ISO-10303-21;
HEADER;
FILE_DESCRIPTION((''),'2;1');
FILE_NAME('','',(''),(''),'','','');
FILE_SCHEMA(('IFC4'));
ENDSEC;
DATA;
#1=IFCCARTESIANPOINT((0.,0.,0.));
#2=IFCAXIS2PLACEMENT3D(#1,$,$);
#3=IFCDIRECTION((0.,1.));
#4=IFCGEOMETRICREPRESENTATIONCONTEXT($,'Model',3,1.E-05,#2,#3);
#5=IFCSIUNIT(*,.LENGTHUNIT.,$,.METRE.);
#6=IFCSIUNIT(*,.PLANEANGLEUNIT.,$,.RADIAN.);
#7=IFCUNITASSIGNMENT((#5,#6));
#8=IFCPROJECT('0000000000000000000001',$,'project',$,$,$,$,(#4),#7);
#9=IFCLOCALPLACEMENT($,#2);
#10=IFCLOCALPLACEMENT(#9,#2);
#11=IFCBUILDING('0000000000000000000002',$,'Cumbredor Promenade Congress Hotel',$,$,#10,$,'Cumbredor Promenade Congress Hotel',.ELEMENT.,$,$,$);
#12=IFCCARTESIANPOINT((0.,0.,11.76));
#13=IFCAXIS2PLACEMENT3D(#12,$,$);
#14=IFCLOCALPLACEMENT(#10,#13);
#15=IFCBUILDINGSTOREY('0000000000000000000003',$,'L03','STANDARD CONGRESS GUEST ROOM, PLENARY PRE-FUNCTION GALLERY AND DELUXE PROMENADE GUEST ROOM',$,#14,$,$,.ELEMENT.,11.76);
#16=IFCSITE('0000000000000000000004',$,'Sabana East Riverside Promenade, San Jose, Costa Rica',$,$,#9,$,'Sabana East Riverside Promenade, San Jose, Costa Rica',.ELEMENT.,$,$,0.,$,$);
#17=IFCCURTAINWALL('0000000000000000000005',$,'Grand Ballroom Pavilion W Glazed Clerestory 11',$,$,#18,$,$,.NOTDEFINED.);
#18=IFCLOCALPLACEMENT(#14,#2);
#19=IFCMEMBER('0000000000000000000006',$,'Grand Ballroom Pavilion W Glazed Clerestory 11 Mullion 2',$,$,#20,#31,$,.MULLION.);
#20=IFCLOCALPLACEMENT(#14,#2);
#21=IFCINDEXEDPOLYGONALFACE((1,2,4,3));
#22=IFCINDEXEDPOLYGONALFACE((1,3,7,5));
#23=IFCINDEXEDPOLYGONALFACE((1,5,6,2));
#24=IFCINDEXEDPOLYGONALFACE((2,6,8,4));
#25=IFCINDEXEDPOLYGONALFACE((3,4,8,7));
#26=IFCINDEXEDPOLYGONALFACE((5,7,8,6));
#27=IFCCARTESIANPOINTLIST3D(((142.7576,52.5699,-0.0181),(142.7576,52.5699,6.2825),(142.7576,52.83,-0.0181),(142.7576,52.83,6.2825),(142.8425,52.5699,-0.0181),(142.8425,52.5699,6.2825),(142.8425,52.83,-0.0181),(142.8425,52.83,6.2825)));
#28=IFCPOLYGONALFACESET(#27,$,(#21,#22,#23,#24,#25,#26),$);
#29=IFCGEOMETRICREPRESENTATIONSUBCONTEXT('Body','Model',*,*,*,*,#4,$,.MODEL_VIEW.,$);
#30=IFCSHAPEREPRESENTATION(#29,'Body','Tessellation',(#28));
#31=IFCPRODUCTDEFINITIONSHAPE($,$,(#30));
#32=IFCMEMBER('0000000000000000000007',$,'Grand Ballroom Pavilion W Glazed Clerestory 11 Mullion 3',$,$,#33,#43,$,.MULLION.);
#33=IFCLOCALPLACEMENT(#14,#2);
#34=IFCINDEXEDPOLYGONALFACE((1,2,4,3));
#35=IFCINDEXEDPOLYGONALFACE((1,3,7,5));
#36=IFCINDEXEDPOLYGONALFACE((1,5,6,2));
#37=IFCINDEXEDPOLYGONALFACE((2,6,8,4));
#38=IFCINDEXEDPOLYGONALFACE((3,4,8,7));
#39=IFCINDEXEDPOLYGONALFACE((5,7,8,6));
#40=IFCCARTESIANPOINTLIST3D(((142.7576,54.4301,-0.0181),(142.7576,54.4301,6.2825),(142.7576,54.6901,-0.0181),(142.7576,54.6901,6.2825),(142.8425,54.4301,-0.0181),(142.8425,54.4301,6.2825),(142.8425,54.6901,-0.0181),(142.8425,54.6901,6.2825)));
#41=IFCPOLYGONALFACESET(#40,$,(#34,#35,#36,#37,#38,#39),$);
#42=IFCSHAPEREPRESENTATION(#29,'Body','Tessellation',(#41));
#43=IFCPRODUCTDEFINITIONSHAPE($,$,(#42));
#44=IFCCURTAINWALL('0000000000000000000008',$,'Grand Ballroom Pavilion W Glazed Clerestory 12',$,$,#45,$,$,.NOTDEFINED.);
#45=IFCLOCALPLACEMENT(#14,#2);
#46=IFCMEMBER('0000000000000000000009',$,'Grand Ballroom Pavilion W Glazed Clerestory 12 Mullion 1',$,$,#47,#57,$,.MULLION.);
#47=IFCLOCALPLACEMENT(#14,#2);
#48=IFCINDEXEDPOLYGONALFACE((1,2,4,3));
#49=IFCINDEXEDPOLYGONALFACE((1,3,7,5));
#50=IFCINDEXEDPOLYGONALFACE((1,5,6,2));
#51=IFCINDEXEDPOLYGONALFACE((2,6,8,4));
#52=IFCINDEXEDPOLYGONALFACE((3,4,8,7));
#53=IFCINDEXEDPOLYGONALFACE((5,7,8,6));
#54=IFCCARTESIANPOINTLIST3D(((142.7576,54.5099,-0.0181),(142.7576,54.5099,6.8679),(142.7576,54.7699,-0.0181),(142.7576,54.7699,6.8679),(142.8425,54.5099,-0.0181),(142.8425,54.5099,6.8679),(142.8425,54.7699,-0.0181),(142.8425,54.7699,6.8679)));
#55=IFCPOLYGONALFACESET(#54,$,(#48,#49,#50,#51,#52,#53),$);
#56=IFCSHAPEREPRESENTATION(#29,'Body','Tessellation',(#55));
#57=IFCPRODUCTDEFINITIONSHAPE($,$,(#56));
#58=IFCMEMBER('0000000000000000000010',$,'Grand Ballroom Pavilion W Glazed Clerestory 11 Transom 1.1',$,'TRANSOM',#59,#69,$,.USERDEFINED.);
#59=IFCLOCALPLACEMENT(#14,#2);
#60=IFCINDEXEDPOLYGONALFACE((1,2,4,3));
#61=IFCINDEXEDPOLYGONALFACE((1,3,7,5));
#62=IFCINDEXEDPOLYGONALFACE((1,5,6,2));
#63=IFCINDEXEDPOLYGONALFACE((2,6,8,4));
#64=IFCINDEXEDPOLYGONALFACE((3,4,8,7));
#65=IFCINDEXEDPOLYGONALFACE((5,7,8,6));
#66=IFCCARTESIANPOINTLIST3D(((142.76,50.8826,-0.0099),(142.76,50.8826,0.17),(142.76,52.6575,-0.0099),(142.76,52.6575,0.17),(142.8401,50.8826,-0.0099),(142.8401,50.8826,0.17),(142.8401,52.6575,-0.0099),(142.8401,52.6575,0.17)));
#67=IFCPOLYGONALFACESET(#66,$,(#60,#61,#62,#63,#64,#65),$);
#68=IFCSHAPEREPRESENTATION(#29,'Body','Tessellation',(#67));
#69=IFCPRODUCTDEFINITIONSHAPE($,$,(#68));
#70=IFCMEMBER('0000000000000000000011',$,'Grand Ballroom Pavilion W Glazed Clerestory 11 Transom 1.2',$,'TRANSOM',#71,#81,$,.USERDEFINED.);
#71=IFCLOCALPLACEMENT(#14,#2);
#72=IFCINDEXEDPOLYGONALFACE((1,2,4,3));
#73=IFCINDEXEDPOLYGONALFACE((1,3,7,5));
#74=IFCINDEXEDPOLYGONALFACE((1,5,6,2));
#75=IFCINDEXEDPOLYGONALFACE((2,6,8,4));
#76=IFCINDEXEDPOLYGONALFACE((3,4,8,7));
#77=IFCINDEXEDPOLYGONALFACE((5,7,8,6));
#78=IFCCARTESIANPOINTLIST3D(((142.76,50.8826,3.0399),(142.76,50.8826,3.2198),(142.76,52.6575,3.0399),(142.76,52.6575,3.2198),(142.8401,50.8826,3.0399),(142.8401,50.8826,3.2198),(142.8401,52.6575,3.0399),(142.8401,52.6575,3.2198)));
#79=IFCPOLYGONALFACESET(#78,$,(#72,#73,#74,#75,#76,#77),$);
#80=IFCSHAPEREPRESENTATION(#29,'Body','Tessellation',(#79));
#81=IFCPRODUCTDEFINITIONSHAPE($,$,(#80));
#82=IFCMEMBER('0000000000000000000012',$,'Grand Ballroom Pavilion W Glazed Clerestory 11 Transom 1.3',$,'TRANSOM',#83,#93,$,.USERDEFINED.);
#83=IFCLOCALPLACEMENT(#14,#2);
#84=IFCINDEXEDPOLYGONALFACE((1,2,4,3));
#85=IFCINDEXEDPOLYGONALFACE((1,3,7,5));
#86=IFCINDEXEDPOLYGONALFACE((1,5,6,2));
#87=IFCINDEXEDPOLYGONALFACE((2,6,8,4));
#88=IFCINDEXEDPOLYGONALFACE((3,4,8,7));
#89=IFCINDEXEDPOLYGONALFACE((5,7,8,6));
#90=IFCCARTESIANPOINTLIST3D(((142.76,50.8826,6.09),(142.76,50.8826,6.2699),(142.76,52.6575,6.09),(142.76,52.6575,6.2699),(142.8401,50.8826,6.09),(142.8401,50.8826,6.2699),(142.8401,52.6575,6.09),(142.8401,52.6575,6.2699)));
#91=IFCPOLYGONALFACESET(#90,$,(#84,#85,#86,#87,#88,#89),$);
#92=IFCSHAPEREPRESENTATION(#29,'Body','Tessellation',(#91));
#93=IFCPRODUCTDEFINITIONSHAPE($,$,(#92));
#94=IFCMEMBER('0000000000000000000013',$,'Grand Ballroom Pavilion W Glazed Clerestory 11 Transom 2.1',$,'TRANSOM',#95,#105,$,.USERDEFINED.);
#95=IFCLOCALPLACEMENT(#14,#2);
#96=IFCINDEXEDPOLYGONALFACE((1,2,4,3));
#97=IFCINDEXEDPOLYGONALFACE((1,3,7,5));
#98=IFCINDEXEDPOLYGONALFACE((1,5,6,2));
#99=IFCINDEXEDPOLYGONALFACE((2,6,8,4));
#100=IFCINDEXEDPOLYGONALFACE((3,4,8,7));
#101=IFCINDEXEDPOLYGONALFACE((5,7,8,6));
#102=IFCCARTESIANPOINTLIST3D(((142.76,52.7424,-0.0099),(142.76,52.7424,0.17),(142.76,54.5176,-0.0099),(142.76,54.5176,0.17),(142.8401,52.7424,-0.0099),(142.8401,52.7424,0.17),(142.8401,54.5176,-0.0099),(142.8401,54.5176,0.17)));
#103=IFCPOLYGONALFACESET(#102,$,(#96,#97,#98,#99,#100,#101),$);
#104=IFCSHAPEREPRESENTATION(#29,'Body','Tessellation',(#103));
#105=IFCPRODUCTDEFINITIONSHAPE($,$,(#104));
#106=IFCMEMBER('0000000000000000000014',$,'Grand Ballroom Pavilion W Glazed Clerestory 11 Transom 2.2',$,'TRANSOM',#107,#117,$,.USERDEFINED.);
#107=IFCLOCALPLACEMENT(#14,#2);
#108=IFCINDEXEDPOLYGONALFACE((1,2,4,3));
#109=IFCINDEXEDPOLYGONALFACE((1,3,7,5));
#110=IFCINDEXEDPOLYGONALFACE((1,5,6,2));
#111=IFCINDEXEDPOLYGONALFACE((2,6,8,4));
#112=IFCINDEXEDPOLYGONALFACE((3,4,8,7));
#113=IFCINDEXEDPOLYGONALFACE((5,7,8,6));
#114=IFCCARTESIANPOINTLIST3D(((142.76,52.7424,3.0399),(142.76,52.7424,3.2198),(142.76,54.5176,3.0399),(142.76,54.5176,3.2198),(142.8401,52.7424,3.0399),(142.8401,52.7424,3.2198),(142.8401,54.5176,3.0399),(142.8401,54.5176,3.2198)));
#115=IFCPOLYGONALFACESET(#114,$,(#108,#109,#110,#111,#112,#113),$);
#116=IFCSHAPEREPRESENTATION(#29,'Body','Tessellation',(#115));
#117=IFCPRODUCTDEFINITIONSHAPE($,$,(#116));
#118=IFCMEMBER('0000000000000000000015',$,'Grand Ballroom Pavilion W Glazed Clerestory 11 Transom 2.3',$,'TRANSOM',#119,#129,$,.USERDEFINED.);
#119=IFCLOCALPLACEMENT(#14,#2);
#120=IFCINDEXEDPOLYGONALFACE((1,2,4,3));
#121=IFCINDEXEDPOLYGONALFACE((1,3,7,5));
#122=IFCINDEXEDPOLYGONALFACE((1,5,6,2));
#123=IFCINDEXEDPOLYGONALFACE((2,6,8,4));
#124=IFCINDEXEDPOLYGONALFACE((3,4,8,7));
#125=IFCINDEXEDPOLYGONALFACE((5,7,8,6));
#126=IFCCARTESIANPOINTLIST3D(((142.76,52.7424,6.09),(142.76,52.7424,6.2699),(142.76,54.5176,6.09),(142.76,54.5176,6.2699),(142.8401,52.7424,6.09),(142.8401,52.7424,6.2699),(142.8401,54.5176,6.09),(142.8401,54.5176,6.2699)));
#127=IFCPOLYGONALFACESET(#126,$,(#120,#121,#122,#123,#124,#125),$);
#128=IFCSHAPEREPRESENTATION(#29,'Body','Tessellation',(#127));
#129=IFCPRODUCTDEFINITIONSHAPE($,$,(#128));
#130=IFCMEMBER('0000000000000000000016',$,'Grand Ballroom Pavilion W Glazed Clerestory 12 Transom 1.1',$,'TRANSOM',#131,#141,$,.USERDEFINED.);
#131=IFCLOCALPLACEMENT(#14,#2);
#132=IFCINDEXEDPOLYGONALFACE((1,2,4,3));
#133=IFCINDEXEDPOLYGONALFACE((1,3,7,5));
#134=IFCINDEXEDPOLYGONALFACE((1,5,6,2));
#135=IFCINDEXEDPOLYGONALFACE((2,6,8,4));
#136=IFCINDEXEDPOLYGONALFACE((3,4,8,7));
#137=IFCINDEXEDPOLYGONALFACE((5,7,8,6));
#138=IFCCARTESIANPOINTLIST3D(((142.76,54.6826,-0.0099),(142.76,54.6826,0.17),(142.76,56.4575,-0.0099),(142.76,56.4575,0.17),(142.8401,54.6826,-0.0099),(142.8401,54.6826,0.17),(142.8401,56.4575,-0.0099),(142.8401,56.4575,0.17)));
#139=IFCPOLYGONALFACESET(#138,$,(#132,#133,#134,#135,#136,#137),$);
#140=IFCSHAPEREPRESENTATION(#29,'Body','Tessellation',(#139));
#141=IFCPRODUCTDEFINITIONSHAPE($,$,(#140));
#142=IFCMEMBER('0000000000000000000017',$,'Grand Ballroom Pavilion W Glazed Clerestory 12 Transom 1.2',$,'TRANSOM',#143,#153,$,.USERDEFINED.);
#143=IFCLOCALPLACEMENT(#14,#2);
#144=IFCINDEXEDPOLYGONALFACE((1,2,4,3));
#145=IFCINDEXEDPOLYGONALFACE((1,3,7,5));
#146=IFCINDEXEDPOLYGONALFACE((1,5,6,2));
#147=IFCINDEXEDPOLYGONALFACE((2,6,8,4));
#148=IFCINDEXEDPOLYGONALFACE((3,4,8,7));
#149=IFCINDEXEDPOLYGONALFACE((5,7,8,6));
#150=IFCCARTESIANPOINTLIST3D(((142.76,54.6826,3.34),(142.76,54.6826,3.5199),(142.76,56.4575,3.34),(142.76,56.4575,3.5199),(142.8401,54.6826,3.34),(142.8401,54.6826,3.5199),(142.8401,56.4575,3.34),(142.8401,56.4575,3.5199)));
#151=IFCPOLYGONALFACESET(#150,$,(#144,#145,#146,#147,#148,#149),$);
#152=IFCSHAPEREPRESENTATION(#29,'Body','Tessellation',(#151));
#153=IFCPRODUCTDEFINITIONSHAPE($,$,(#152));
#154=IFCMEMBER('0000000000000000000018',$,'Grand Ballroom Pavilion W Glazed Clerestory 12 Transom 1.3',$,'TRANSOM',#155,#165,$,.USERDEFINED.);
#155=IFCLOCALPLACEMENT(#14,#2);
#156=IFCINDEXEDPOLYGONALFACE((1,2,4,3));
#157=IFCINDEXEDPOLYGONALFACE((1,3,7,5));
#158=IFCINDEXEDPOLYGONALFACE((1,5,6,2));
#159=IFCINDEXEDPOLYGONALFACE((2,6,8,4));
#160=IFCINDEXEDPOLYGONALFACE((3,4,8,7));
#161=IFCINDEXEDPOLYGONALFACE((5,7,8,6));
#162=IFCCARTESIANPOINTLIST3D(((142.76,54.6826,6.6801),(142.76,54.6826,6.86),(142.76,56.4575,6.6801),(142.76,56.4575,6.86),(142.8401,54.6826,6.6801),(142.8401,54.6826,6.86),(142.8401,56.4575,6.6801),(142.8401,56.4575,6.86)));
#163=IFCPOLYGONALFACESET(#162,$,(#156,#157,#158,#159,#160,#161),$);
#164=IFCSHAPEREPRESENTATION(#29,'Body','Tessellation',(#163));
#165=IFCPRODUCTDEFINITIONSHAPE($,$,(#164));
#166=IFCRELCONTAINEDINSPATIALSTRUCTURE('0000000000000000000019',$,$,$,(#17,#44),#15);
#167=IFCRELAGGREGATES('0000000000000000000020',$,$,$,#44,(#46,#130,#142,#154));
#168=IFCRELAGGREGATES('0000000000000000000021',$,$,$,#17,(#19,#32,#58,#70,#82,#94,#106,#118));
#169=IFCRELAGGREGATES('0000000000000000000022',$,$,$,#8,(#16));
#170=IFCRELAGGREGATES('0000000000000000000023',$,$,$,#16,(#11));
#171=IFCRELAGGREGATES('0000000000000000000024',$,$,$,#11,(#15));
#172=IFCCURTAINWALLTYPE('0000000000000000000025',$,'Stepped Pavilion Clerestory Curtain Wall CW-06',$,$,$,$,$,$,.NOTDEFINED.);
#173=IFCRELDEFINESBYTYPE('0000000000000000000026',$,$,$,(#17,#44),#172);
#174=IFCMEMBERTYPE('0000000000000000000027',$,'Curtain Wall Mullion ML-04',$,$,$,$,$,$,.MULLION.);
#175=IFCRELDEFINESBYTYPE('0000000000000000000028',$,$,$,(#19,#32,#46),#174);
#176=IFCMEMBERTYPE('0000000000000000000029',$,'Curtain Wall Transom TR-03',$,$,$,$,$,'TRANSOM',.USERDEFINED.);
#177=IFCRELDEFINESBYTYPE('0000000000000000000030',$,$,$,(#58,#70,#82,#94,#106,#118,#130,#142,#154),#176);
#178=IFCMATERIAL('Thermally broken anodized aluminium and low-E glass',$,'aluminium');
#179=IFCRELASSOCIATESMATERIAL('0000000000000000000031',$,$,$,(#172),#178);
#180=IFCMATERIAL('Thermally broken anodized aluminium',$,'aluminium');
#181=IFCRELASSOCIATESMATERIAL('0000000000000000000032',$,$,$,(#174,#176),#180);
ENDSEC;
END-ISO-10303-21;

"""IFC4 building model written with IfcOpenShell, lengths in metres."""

from ifc_helpers import new_model, si_unit, direction, frame, origin, origin_2d, place, context, subcontext, project, spatial, rectangle, extrude, material, material_profile, profile_set, type_object, element, aggregate, save


model = new_model("IFC4")

# Units and contexts
model_context = context("Model", 3, precision=1e-05, world=origin(), true_north=direction((0.0, 1.0)))
body_context = subcontext(model_context, "Body", "Model", "MODEL_VIEW")
ifc_project = project(units=[si_unit("LENGTHUNIT", "METRE"), si_unit("PLANEANGLEUNIT", "RADIAN")], contexts=[model_context])

# Site, building, storey
site_placement = place(None, origin())
site = spatial("IfcSite", under=ifc_project, at=site_placement, Name="Sabana East Riverside Promenade, San Jose, Costa Rica", LongName="Sabana East Riverside Promenade, San Jose, Costa Rica", CompositionType="ELEMENT", RefElevation=0.0)
building_placement = place(site_placement, origin())
building = spatial("IfcBuilding", under=site, at=building_placement, Name="Cumbredor Promenade Congress Hotel", LongName="Cumbredor Promenade Congress Hotel", CompositionType="ELEMENT")
storey_placement = place(building_placement, frame((0.0, 0.0, 11.76)))
storey = spatial("IfcBuildingStorey", under=building, at=storey_placement, Name="L03", Description="STANDARD CONGRESS GUEST ROOM, PLENARY PRE-FUNCTION GALLERY AND DELUXE PROMENADE GUEST ROOM", CompositionType="ELEMENT", Elevation=11.76)

# Curtain wall, members
ifc_material_1 = material(Name="Thermally broken anodized aluminium and low-E glass", Category="aluminium")
curtain_wall_type = type_object("IfcCurtainWallType", Name="Stepped Pavilion Clerestory Curtain Wall CW-06", PredefinedType="NOTDEFINED", material=ifc_material_1)
curtain_wall_1_placement = place(storey_placement, origin())
curtain_wall_1 = element("IfcCurtainWall", 1, at=curtain_wall_1_placement, inside=storey, type_object=curtain_wall_type, Name="Grand Ballroom Pavilion W Glazed Clerestory 11", PredefinedType="NOTDEFINED")
ifc_material_2 = material(Name="Thermally broken anodized aluminium", Category="aluminium")
ifc_material_profile_1 = material_profile(ifc_material_2, rectangle(XDim=0.085, YDim=0.26, at=origin_2d()), Name="ALU MULLION CLERESTORY 85x260")
ifc_profile_set_1 = profile_set([ifc_material_profile_1], Name="Thermally broken anodized aluminium")
member_type_1 = type_object("IfcMemberType", Name="Curtain Wall Mullion ML-04", PredefinedType="MULLION", material=ifc_profile_set_1)
member_1_placement = place(storey_placement, frame((142.8, 52.7, -0.0181), z_axis=(0.0, 0.0, 1.0), x_axis=(1.0, 0.0, 0.0)))
member_1 = element("IfcMember", 2, at=member_1_placement, type_object=member_type_1, Name="Grand Ballroom Pavilion W Glazed Clerestory 11 Mullion 2", PredefinedType="MULLION", context=body_context, shape_type="SweptSolid", body=[
    extrude(rectangle(XDim=0.085, YDim=0.26, at=origin_2d()), origin(), (0.0, 0.0, 1.0), 6.3005),
])
member_2_placement = place(storey_placement, frame((142.8, 54.5601, -0.0181), z_axis=(0.0, 0.0, 1.0), x_axis=(1.0, 0.0, 0.0)))
member_2 = element("IfcMember", 3, at=member_2_placement, type_object=member_type_1, Name="Grand Ballroom Pavilion W Glazed Clerestory 11 Mullion 3", PredefinedType="MULLION", context=body_context, shape_type="SweptSolid", body=[
    extrude(rectangle(XDim=0.085, YDim=0.26, at=origin_2d()), origin(), (0.0, 0.0, 1.0), 6.3005),
])

# Curtain wall, member
curtain_wall_2_placement = place(storey_placement, origin())
curtain_wall_2 = element("IfcCurtainWall", 4, at=curtain_wall_2_placement, inside=storey, type_object=curtain_wall_type, Name="Grand Ballroom Pavilion W Glazed Clerestory 12", PredefinedType="NOTDEFINED")
member_3_placement = place(storey_placement, frame((142.8, 54.6399, -0.0181), z_axis=(0.0, 0.0, 1.0), x_axis=(1.0, 0.0, 0.0)))
member_3 = element("IfcMember", 5, at=member_3_placement, type_object=member_type_1, Name="Grand Ballroom Pavilion W Glazed Clerestory 12 Mullion 1", PredefinedType="MULLION", context=body_context, shape_type="SweptSolid", body=[
    extrude(rectangle(XDim=0.085, YDim=0.26, at=origin_2d()), origin(), (0.0, 0.0, 1.0), 6.886),
])

# Members
ifc_material_profile_2 = material_profile(ifc_material_2, rectangle(XDim=0.0801, YDim=0.1799, at=origin_2d()), Name="ALU TRANSOM 80x180")
ifc_profile_set_2 = profile_set([ifc_material_profile_2], Name="Thermally broken anodized aluminium")
member_type_2 = type_object("IfcMemberType", Name="Curtain Wall Transom TR-03", ElementType="TRANSOM", PredefinedType="USERDEFINED", material=ifc_profile_set_2)
member_4_placement = place(storey_placement, frame((142.8, 50.8826, 0.0801), z_axis=(0.0, 1.0, 0.0), x_axis=(-1.0, 0.0, 0.0)))
member_4 = element("IfcMember", 6, at=member_4_placement, type_object=member_type_2, Name="Grand Ballroom Pavilion W Glazed Clerestory 11 Transom 1.1", ObjectType="TRANSOM", PredefinedType="USERDEFINED", context=body_context, shape_type="SweptSolid", body=[
    extrude(rectangle(XDim=0.0801, YDim=0.1799, at=origin_2d()), origin(), (0.0, 0.0, 1.0), 1.7749),
])
member_5_placement = place(storey_placement, frame((142.8, 50.8826, 3.1299), z_axis=(0.0, 1.0, 0.0), x_axis=(-1.0, 0.0, 0.0)))
member_5 = element("IfcMember", 7, at=member_5_placement, type_object=member_type_2, Name="Grand Ballroom Pavilion W Glazed Clerestory 11 Transom 1.2", ObjectType="TRANSOM", PredefinedType="USERDEFINED", context=body_context, shape_type="SweptSolid", body=[
    extrude(rectangle(XDim=0.0801, YDim=0.1799, at=origin_2d()), origin(), (0.0, 0.0, 1.0), 1.7749),
])
member_6_placement = place(storey_placement, frame((142.8, 50.8826, 6.1799), z_axis=(0.0, 1.0, 0.0), x_axis=(-1.0, 0.0, 0.0)))
member_6 = element("IfcMember", 8, at=member_6_placement, type_object=member_type_2, Name="Grand Ballroom Pavilion W Glazed Clerestory 11 Transom 1.3", ObjectType="TRANSOM", PredefinedType="USERDEFINED", context=body_context, shape_type="SweptSolid", body=[
    extrude(rectangle(XDim=0.0801, YDim=0.1799, at=origin_2d()), origin(), (0.0, 0.0, 1.0), 1.7749),
])
member_7_placement = place(storey_placement, frame((142.8, 52.7424, 0.0801), z_axis=(0.0, 1.0, 0.0), x_axis=(-1.0, 0.0, 0.0)))
member_7 = element("IfcMember", 9, at=member_7_placement, type_object=member_type_2, Name="Grand Ballroom Pavilion W Glazed Clerestory 11 Transom 2.1", ObjectType="TRANSOM", PredefinedType="USERDEFINED", context=body_context, shape_type="SweptSolid", body=[
    extrude(rectangle(XDim=0.0801, YDim=0.1799, at=origin_2d()), origin(), (0.0, 0.0, 1.0), 1.7751),
])
member_8_placement = place(storey_placement, frame((142.8, 52.7424, 3.1299), z_axis=(0.0, 1.0, 0.0), x_axis=(-1.0, 0.0, 0.0)))
member_8 = element("IfcMember", 10, at=member_8_placement, type_object=member_type_2, Name="Grand Ballroom Pavilion W Glazed Clerestory 11 Transom 2.2", ObjectType="TRANSOM", PredefinedType="USERDEFINED", context=body_context, shape_type="SweptSolid", body=[
    extrude(rectangle(XDim=0.0801, YDim=0.1799, at=origin_2d()), origin(), (0.0, 0.0, 1.0), 1.7751),
])
member_9_placement = place(storey_placement, frame((142.8, 52.7424, 6.1799), z_axis=(0.0, 1.0, 0.0), x_axis=(-1.0, 0.0, 0.0)))
member_9 = element("IfcMember", 11, at=member_9_placement, type_object=member_type_2, Name="Grand Ballroom Pavilion W Glazed Clerestory 11 Transom 2.3", ObjectType="TRANSOM", PredefinedType="USERDEFINED", context=body_context, shape_type="SweptSolid", body=[
    extrude(rectangle(XDim=0.0801, YDim=0.1799, at=origin_2d()), origin(), (0.0, 0.0, 1.0), 1.7751),
])
member_10_placement = place(storey_placement, frame((142.8, 54.6826, 0.0801), z_axis=(0.0, 1.0, 0.0), x_axis=(-1.0, 0.0, 0.0)))
member_10 = element("IfcMember", 12, at=member_10_placement, type_object=member_type_2, Name="Grand Ballroom Pavilion W Glazed Clerestory 12 Transom 1.1", ObjectType="TRANSOM", PredefinedType="USERDEFINED", context=body_context, shape_type="SweptSolid", body=[
    extrude(rectangle(XDim=0.0801, YDim=0.1799, at=origin_2d()), origin(), (0.0, 0.0, 1.0), 1.7749),
])
member_11_placement = place(storey_placement, frame((142.8, 54.6826, 3.4299), z_axis=(0.0, 1.0, 0.0), x_axis=(-1.0, 0.0, 0.0)))
member_11 = element("IfcMember", 13, at=member_11_placement, type_object=member_type_2, Name="Grand Ballroom Pavilion W Glazed Clerestory 12 Transom 1.2", ObjectType="TRANSOM", PredefinedType="USERDEFINED", context=body_context, shape_type="SweptSolid", body=[
    extrude(rectangle(XDim=0.0801, YDim=0.1799, at=origin_2d()), origin(), (0.0, 0.0, 1.0), 1.7749),
])
member_12_placement = place(storey_placement, frame((142.8, 54.6826, 6.77), z_axis=(0.0, 1.0, 0.0), x_axis=(-1.0, 0.0, 0.0)))
member_12 = element("IfcMember", 14, at=member_12_placement, type_object=member_type_2, Name="Grand Ballroom Pavilion W Glazed Clerestory 12 Transom 1.3", ObjectType="TRANSOM", PredefinedType="USERDEFINED", context=body_context, shape_type="SweptSolid", body=[
    extrude(rectangle(XDim=0.0801, YDim=0.1799, at=origin_2d()), origin(), (0.0, 0.0, 1.0), 1.7749),
])
aggregate(curtain_wall_2, [member_3, member_10, member_11, member_12])

aggregate(curtain_wall_1, [member_1, member_2, member_4, member_5, member_6, member_7, member_8, member_9])

save(model, "model.ifc")
